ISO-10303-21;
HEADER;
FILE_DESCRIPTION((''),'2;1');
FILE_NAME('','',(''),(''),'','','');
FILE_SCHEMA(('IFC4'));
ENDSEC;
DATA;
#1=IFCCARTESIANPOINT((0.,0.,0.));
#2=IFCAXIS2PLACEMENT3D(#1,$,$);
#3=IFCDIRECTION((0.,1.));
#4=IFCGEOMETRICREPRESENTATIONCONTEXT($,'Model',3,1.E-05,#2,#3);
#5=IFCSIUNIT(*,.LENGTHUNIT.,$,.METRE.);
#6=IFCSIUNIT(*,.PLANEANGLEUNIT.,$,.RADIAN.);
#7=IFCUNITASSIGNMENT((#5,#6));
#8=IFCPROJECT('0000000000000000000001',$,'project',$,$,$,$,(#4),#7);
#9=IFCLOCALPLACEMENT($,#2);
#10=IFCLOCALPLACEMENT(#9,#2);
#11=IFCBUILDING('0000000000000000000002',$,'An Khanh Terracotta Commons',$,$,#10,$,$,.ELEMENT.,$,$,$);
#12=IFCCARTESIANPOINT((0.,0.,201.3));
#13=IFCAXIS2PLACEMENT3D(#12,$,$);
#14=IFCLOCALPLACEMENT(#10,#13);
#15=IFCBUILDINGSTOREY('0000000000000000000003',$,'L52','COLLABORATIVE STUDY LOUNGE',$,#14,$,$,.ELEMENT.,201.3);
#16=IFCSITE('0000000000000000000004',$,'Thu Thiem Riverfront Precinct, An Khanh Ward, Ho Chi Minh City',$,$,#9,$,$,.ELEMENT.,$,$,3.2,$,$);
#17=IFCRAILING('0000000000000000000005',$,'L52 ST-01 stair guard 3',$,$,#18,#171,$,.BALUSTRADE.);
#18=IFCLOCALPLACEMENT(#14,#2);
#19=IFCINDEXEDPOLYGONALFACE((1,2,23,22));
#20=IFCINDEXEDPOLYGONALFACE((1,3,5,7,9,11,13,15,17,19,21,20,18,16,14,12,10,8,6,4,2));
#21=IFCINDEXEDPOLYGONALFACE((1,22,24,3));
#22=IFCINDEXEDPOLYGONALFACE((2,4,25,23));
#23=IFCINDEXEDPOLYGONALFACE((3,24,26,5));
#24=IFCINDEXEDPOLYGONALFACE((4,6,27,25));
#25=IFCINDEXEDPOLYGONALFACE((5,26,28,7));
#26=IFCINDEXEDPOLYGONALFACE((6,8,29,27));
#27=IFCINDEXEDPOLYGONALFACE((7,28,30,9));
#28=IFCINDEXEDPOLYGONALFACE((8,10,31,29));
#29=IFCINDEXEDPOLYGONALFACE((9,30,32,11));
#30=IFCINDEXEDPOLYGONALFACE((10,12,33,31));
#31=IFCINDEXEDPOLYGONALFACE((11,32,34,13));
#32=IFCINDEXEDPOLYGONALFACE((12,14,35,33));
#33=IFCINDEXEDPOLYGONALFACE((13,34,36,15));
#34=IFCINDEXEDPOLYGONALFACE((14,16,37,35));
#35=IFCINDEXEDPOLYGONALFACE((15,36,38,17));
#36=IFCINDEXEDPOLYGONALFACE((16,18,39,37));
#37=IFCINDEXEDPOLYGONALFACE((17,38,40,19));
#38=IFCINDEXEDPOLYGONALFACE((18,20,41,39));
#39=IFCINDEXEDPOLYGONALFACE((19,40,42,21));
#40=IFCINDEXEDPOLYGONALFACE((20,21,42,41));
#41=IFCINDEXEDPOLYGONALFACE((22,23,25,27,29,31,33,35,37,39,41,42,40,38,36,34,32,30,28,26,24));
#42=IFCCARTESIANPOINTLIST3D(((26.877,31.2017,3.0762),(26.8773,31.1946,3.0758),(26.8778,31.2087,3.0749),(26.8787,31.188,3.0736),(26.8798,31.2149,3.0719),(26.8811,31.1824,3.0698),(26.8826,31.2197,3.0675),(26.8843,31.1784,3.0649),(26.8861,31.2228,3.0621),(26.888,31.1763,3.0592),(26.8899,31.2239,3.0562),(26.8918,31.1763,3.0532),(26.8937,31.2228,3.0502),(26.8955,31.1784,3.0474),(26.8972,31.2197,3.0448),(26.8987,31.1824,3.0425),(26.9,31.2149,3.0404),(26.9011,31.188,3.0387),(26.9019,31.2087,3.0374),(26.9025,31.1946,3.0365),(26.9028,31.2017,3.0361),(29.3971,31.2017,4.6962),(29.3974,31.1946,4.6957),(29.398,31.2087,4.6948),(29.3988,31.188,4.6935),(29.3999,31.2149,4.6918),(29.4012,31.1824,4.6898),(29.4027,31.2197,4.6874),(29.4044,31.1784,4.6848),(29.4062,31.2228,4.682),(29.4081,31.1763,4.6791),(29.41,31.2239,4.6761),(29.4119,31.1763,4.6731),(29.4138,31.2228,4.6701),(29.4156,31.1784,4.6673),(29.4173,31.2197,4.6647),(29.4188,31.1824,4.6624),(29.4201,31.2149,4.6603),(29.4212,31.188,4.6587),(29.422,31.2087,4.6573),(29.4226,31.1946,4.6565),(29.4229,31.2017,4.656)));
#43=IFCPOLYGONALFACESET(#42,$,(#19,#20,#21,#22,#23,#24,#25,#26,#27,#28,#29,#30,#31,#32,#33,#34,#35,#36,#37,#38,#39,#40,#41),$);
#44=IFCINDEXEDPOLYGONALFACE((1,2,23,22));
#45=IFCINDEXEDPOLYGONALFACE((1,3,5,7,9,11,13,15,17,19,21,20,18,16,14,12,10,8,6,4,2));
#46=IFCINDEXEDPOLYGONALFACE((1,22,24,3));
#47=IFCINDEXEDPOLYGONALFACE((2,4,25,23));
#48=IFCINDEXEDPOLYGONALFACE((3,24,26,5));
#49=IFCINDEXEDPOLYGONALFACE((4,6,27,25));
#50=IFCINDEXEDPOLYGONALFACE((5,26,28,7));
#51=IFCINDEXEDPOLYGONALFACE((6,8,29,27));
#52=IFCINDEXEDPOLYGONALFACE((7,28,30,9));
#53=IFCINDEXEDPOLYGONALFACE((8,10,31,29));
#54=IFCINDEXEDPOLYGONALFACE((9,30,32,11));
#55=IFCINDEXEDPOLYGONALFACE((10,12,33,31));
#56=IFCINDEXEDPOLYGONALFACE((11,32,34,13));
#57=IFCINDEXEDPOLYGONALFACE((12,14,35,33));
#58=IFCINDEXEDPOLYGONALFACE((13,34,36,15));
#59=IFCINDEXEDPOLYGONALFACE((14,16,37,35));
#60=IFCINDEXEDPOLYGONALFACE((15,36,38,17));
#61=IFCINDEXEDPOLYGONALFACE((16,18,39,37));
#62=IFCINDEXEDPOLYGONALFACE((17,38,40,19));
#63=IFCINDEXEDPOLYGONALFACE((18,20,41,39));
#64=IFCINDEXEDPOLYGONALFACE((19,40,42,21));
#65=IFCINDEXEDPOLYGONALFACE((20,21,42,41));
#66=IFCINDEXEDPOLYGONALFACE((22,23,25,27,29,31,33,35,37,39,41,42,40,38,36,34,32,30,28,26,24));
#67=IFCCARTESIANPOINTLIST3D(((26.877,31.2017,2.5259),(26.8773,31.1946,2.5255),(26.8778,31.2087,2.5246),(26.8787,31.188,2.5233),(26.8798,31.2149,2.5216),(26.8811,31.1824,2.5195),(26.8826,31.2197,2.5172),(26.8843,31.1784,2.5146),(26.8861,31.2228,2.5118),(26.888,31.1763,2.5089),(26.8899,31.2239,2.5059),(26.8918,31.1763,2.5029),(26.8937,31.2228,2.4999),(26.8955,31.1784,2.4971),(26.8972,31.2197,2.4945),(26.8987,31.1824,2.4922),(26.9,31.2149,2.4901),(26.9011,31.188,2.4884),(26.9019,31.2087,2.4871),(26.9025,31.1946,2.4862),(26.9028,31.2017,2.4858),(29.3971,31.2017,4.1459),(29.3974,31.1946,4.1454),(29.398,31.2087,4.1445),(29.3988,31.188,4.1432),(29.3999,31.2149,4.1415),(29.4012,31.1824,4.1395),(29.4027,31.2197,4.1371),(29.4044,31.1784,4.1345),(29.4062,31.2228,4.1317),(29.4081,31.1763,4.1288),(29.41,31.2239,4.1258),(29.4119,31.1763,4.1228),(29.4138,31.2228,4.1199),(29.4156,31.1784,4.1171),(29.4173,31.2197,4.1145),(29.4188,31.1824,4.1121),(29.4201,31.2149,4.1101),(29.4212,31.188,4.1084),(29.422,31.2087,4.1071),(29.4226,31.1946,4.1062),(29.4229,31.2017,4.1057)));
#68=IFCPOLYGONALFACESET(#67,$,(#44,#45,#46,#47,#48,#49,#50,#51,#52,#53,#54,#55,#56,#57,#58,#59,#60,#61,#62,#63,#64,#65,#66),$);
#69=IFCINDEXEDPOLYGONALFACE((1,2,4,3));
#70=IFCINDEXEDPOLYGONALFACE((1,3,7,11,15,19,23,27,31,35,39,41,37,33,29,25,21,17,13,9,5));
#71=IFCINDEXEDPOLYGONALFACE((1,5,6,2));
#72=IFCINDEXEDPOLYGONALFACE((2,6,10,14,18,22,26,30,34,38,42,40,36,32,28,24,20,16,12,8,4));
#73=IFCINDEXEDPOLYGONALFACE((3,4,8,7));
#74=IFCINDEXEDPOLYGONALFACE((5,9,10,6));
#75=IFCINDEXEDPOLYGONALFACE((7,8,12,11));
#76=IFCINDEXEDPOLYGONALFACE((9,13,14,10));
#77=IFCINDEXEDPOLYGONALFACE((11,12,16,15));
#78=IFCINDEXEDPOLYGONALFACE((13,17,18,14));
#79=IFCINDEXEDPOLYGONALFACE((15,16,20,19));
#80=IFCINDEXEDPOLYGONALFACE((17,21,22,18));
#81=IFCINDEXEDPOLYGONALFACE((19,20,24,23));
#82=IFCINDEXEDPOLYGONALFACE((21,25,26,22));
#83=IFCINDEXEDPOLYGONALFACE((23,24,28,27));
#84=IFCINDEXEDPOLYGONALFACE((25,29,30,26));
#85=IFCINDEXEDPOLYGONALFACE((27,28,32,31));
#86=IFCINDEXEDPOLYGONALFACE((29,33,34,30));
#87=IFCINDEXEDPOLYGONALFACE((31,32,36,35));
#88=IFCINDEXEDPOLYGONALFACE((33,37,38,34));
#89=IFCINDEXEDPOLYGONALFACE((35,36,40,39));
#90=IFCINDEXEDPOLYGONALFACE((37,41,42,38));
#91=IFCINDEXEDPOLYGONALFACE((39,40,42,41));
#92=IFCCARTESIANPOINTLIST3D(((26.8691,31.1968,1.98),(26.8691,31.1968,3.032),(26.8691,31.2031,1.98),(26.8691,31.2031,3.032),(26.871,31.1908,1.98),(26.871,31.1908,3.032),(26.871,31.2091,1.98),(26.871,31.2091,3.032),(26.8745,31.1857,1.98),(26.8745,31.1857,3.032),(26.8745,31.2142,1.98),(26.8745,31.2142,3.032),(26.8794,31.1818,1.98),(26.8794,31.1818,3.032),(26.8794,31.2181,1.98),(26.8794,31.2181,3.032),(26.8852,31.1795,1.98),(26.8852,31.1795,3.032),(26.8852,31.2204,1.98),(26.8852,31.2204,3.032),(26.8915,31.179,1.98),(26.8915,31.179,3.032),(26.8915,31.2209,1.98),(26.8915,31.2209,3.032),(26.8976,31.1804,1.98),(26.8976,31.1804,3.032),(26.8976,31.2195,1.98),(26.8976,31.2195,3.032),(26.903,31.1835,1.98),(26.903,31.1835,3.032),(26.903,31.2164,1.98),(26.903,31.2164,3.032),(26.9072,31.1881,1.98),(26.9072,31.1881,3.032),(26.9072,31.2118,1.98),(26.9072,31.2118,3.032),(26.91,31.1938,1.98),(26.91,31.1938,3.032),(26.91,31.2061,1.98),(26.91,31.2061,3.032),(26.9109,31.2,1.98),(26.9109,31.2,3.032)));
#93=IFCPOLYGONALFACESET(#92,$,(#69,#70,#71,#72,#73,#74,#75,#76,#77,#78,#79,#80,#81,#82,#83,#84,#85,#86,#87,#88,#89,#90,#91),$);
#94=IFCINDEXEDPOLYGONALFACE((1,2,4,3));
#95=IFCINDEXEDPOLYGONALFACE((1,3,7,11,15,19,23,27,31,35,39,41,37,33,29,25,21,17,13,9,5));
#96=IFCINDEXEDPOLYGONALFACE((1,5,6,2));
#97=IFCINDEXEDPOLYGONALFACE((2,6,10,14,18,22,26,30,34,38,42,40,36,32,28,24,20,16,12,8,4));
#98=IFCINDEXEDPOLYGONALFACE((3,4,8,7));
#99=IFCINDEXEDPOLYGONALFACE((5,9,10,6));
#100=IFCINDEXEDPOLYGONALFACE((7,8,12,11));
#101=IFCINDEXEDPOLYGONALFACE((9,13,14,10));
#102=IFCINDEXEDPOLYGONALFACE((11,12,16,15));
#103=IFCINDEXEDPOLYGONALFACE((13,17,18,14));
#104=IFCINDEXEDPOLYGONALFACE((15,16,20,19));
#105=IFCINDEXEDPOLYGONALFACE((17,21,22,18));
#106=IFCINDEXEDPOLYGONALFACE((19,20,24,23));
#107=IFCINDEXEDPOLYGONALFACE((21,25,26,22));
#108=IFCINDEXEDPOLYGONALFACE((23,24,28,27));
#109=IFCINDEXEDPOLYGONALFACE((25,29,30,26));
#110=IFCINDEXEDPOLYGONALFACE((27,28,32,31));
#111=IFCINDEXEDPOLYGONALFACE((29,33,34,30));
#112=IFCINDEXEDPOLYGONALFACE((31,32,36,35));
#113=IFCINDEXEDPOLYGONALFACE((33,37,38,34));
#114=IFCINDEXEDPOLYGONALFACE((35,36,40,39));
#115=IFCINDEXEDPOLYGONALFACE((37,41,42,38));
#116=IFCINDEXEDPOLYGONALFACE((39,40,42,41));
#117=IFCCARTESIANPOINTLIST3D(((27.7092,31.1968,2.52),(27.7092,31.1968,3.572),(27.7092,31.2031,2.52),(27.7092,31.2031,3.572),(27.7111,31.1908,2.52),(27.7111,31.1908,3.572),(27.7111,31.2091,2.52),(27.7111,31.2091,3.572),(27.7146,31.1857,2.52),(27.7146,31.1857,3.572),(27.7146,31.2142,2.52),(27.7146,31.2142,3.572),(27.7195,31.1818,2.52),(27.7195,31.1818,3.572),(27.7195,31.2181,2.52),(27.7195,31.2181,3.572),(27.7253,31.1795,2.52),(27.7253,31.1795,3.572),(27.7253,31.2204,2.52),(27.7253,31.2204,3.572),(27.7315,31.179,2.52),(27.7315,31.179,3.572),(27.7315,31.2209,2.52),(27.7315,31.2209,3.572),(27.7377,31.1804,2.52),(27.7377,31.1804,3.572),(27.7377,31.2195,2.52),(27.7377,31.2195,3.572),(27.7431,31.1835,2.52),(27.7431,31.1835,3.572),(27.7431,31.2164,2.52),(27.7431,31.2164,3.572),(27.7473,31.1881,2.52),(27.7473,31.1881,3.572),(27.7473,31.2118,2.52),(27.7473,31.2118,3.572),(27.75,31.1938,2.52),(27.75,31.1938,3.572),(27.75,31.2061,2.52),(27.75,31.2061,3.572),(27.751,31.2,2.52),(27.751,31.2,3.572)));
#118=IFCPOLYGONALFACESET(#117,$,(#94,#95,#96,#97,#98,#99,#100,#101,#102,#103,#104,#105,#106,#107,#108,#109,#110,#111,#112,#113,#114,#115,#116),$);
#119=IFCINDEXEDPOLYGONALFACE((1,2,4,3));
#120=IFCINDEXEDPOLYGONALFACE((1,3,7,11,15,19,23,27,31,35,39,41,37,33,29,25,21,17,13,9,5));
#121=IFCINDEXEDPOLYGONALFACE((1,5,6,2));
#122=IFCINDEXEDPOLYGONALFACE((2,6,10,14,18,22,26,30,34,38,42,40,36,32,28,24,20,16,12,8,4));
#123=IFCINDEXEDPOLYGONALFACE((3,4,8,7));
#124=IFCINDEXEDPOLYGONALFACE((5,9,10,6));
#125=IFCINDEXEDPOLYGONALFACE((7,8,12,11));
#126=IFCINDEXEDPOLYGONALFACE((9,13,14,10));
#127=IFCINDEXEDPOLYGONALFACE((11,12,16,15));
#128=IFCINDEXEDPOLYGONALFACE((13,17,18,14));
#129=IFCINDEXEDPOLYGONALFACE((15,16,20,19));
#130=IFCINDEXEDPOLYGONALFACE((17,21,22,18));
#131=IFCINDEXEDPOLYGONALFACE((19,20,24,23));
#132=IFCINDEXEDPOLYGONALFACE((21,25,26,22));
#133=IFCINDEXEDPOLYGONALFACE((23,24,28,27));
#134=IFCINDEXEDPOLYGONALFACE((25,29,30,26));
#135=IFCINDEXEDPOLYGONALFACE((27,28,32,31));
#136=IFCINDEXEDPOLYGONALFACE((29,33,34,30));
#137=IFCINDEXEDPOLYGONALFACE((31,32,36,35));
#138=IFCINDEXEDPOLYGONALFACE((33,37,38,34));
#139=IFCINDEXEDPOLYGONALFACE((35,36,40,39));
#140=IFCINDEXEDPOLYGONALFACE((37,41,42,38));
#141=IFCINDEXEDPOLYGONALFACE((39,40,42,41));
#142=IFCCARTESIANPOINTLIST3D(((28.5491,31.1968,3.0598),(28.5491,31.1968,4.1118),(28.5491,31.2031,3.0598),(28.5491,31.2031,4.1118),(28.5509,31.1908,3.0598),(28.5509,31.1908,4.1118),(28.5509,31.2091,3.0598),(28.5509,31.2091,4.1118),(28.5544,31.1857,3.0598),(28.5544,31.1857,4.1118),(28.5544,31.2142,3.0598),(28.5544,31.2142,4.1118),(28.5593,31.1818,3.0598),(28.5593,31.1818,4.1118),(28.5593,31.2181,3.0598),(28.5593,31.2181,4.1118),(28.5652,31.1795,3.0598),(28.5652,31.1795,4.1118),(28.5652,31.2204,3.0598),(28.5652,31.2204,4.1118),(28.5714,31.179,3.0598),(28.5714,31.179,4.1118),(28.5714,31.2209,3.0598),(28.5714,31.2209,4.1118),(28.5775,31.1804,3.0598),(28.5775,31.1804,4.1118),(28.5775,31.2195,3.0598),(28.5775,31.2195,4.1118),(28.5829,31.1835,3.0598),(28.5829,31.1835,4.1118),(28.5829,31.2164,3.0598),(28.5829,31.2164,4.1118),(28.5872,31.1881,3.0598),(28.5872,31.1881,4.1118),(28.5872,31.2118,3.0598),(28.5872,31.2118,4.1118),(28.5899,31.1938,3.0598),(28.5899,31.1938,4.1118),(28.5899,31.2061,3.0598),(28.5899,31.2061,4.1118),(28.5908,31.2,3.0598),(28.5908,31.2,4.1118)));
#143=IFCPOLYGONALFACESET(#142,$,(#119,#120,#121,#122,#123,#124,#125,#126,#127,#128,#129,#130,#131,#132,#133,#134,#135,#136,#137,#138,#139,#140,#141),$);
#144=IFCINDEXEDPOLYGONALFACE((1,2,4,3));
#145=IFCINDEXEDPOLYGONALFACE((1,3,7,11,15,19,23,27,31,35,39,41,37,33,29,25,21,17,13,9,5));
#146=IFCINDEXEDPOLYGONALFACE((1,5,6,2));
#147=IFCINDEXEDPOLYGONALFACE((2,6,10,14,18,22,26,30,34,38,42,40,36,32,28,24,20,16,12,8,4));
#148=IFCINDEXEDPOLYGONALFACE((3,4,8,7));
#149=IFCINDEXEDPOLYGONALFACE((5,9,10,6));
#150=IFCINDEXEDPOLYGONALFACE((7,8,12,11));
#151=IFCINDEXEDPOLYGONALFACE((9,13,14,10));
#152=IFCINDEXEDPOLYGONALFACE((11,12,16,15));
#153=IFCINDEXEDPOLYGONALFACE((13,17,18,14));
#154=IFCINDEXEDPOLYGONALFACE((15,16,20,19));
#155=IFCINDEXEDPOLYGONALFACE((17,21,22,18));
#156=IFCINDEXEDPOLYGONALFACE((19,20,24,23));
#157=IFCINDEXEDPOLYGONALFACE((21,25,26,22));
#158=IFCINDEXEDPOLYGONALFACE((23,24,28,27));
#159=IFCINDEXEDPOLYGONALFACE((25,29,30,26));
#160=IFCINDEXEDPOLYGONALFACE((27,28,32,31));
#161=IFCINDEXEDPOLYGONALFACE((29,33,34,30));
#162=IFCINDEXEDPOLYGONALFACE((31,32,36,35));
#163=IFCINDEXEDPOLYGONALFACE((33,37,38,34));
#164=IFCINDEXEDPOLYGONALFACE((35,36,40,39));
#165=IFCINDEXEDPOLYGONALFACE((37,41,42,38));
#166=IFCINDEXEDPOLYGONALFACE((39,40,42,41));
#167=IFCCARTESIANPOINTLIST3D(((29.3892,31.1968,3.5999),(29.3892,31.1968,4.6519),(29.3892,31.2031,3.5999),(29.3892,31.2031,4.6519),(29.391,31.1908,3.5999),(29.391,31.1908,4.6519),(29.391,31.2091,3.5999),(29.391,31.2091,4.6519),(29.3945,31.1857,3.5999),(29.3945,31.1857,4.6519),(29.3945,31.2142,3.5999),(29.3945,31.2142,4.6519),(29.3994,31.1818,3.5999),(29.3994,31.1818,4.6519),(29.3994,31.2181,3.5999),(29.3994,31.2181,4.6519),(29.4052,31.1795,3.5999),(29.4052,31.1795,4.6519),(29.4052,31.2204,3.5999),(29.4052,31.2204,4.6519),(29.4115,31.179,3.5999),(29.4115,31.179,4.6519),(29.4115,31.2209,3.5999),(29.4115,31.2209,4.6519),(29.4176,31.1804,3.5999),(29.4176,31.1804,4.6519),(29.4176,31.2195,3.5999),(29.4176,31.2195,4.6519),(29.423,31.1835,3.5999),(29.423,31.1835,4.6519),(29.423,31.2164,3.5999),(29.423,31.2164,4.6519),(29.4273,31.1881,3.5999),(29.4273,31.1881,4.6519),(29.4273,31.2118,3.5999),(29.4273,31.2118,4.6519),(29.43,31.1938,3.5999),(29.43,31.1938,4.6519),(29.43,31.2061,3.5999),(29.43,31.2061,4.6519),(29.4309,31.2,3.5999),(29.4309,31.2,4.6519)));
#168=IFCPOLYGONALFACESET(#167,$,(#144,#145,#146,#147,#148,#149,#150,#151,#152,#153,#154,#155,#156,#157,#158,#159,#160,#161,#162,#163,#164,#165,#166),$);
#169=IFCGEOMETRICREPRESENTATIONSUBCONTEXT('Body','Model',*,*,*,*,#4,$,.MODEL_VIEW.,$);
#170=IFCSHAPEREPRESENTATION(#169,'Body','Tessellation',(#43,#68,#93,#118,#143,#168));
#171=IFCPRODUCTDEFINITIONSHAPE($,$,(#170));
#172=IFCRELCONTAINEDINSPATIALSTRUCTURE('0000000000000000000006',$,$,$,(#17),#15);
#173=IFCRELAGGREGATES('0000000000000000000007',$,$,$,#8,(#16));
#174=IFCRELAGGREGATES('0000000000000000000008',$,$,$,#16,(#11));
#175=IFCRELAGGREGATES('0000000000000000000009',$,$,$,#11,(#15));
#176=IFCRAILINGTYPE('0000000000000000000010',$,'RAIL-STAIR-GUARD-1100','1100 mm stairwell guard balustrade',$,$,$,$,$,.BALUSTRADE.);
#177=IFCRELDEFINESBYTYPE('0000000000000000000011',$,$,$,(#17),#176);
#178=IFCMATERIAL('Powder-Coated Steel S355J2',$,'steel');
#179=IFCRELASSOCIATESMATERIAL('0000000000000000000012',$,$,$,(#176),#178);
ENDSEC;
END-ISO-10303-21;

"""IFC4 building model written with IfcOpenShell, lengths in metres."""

from ifc_helpers import new_model, si_unit, direction, frame, origin, origin_2d, place, context, subcontext, project, spatial, circle, extrude, material, type_object, element, save


model = new_model("IFC4")

# Units and contexts
model_context = context("Model", 3, precision=1e-05, world=origin(), true_north=direction((0.0, 1.0)))
body_context = subcontext(model_context, "Body", "Model", "MODEL_VIEW")
ifc_project = project(units=[si_unit("LENGTHUNIT", "METRE"), si_unit("PLANEANGLEUNIT", "RADIAN")], contexts=[model_context])

# Site, building, storey
site_placement = place(None, origin())
site = spatial("IfcSite", under=ifc_project, at=site_placement, Name="Thu Thiem Riverfront Precinct, An Khanh Ward, Ho Chi Minh City", CompositionType="ELEMENT", RefElevation=3.2)
building_placement = place(site_placement, origin())
building = spatial("IfcBuilding", under=site, at=building_placement, Name="An Khanh Terracotta Commons", CompositionType="ELEMENT")
storey_placement = place(building_placement, frame((0.0, 0.0, 201.3)))
storey = spatial("IfcBuildingStorey", under=building, at=storey_placement, Name="L52", Description="COLLABORATIVE STUDY LOUNGE", CompositionType="ELEMENT", Elevation=201.3)

# Railing
ifc_material_1 = material(Name="Powder-Coated Steel S355J2", Category="steel")
railing_type_1 = type_object("IfcRailingType", Name="RAIL-STAIR-GUARD-1100", Description="1100 mm stairwell guard balustrade", PredefinedType="BALUSTRADE", material=ifc_material_1)
railing_1_placement = place(storey_placement, frame((26.8899, 31.2, 1.98)))
element("IfcRailing", 1, at=railing_1_placement, inside=storey, type_object=railing_type_1, Name="L52 ST-01 stair guard 3", PredefinedType="BALUSTRADE", context=body_context, shape_type="SweptSolid", body=[
    extrude(circle(Radius=0.0239, at=origin_2d()), frame((0.0, 0.0, 1.0762), z_axis=(0.8412, 0.0, 0.540725), x_axis=(0.0, 1.0, 0.0)), (0.0, 0.0, 1.0), 2.9958),
    extrude(circle(Radius=0.0239, at=origin_2d()), frame((0.0, 0.0, 0.5259), z_axis=(0.8412, 0.0, 0.540725), x_axis=(0.0, 1.0, 0.0)), (0.0, 0.0, 1.0), 2.9958),
    extrude(circle(Radius=0.021, at=origin_2d()), origin(), (0.0, 0.0, 1.0), 1.052),
    extrude(circle(Radius=0.021, at=origin_2d()), frame((0.8401, 0.0, 0.54)), (0.0, 0.0, 1.0), 1.052),
    extrude(circle(Radius=0.021, at=origin_2d()), frame((1.6799, 0.0, 1.0798)), (0.0, 0.0, 1.0), 1.052),
    extrude(circle(Radius=0.021, at=origin_2d()), frame((2.52, 0.0, 1.6199)), (0.0, 0.0, 1.0), 1.052),
])

save(model, "model.ifc")
